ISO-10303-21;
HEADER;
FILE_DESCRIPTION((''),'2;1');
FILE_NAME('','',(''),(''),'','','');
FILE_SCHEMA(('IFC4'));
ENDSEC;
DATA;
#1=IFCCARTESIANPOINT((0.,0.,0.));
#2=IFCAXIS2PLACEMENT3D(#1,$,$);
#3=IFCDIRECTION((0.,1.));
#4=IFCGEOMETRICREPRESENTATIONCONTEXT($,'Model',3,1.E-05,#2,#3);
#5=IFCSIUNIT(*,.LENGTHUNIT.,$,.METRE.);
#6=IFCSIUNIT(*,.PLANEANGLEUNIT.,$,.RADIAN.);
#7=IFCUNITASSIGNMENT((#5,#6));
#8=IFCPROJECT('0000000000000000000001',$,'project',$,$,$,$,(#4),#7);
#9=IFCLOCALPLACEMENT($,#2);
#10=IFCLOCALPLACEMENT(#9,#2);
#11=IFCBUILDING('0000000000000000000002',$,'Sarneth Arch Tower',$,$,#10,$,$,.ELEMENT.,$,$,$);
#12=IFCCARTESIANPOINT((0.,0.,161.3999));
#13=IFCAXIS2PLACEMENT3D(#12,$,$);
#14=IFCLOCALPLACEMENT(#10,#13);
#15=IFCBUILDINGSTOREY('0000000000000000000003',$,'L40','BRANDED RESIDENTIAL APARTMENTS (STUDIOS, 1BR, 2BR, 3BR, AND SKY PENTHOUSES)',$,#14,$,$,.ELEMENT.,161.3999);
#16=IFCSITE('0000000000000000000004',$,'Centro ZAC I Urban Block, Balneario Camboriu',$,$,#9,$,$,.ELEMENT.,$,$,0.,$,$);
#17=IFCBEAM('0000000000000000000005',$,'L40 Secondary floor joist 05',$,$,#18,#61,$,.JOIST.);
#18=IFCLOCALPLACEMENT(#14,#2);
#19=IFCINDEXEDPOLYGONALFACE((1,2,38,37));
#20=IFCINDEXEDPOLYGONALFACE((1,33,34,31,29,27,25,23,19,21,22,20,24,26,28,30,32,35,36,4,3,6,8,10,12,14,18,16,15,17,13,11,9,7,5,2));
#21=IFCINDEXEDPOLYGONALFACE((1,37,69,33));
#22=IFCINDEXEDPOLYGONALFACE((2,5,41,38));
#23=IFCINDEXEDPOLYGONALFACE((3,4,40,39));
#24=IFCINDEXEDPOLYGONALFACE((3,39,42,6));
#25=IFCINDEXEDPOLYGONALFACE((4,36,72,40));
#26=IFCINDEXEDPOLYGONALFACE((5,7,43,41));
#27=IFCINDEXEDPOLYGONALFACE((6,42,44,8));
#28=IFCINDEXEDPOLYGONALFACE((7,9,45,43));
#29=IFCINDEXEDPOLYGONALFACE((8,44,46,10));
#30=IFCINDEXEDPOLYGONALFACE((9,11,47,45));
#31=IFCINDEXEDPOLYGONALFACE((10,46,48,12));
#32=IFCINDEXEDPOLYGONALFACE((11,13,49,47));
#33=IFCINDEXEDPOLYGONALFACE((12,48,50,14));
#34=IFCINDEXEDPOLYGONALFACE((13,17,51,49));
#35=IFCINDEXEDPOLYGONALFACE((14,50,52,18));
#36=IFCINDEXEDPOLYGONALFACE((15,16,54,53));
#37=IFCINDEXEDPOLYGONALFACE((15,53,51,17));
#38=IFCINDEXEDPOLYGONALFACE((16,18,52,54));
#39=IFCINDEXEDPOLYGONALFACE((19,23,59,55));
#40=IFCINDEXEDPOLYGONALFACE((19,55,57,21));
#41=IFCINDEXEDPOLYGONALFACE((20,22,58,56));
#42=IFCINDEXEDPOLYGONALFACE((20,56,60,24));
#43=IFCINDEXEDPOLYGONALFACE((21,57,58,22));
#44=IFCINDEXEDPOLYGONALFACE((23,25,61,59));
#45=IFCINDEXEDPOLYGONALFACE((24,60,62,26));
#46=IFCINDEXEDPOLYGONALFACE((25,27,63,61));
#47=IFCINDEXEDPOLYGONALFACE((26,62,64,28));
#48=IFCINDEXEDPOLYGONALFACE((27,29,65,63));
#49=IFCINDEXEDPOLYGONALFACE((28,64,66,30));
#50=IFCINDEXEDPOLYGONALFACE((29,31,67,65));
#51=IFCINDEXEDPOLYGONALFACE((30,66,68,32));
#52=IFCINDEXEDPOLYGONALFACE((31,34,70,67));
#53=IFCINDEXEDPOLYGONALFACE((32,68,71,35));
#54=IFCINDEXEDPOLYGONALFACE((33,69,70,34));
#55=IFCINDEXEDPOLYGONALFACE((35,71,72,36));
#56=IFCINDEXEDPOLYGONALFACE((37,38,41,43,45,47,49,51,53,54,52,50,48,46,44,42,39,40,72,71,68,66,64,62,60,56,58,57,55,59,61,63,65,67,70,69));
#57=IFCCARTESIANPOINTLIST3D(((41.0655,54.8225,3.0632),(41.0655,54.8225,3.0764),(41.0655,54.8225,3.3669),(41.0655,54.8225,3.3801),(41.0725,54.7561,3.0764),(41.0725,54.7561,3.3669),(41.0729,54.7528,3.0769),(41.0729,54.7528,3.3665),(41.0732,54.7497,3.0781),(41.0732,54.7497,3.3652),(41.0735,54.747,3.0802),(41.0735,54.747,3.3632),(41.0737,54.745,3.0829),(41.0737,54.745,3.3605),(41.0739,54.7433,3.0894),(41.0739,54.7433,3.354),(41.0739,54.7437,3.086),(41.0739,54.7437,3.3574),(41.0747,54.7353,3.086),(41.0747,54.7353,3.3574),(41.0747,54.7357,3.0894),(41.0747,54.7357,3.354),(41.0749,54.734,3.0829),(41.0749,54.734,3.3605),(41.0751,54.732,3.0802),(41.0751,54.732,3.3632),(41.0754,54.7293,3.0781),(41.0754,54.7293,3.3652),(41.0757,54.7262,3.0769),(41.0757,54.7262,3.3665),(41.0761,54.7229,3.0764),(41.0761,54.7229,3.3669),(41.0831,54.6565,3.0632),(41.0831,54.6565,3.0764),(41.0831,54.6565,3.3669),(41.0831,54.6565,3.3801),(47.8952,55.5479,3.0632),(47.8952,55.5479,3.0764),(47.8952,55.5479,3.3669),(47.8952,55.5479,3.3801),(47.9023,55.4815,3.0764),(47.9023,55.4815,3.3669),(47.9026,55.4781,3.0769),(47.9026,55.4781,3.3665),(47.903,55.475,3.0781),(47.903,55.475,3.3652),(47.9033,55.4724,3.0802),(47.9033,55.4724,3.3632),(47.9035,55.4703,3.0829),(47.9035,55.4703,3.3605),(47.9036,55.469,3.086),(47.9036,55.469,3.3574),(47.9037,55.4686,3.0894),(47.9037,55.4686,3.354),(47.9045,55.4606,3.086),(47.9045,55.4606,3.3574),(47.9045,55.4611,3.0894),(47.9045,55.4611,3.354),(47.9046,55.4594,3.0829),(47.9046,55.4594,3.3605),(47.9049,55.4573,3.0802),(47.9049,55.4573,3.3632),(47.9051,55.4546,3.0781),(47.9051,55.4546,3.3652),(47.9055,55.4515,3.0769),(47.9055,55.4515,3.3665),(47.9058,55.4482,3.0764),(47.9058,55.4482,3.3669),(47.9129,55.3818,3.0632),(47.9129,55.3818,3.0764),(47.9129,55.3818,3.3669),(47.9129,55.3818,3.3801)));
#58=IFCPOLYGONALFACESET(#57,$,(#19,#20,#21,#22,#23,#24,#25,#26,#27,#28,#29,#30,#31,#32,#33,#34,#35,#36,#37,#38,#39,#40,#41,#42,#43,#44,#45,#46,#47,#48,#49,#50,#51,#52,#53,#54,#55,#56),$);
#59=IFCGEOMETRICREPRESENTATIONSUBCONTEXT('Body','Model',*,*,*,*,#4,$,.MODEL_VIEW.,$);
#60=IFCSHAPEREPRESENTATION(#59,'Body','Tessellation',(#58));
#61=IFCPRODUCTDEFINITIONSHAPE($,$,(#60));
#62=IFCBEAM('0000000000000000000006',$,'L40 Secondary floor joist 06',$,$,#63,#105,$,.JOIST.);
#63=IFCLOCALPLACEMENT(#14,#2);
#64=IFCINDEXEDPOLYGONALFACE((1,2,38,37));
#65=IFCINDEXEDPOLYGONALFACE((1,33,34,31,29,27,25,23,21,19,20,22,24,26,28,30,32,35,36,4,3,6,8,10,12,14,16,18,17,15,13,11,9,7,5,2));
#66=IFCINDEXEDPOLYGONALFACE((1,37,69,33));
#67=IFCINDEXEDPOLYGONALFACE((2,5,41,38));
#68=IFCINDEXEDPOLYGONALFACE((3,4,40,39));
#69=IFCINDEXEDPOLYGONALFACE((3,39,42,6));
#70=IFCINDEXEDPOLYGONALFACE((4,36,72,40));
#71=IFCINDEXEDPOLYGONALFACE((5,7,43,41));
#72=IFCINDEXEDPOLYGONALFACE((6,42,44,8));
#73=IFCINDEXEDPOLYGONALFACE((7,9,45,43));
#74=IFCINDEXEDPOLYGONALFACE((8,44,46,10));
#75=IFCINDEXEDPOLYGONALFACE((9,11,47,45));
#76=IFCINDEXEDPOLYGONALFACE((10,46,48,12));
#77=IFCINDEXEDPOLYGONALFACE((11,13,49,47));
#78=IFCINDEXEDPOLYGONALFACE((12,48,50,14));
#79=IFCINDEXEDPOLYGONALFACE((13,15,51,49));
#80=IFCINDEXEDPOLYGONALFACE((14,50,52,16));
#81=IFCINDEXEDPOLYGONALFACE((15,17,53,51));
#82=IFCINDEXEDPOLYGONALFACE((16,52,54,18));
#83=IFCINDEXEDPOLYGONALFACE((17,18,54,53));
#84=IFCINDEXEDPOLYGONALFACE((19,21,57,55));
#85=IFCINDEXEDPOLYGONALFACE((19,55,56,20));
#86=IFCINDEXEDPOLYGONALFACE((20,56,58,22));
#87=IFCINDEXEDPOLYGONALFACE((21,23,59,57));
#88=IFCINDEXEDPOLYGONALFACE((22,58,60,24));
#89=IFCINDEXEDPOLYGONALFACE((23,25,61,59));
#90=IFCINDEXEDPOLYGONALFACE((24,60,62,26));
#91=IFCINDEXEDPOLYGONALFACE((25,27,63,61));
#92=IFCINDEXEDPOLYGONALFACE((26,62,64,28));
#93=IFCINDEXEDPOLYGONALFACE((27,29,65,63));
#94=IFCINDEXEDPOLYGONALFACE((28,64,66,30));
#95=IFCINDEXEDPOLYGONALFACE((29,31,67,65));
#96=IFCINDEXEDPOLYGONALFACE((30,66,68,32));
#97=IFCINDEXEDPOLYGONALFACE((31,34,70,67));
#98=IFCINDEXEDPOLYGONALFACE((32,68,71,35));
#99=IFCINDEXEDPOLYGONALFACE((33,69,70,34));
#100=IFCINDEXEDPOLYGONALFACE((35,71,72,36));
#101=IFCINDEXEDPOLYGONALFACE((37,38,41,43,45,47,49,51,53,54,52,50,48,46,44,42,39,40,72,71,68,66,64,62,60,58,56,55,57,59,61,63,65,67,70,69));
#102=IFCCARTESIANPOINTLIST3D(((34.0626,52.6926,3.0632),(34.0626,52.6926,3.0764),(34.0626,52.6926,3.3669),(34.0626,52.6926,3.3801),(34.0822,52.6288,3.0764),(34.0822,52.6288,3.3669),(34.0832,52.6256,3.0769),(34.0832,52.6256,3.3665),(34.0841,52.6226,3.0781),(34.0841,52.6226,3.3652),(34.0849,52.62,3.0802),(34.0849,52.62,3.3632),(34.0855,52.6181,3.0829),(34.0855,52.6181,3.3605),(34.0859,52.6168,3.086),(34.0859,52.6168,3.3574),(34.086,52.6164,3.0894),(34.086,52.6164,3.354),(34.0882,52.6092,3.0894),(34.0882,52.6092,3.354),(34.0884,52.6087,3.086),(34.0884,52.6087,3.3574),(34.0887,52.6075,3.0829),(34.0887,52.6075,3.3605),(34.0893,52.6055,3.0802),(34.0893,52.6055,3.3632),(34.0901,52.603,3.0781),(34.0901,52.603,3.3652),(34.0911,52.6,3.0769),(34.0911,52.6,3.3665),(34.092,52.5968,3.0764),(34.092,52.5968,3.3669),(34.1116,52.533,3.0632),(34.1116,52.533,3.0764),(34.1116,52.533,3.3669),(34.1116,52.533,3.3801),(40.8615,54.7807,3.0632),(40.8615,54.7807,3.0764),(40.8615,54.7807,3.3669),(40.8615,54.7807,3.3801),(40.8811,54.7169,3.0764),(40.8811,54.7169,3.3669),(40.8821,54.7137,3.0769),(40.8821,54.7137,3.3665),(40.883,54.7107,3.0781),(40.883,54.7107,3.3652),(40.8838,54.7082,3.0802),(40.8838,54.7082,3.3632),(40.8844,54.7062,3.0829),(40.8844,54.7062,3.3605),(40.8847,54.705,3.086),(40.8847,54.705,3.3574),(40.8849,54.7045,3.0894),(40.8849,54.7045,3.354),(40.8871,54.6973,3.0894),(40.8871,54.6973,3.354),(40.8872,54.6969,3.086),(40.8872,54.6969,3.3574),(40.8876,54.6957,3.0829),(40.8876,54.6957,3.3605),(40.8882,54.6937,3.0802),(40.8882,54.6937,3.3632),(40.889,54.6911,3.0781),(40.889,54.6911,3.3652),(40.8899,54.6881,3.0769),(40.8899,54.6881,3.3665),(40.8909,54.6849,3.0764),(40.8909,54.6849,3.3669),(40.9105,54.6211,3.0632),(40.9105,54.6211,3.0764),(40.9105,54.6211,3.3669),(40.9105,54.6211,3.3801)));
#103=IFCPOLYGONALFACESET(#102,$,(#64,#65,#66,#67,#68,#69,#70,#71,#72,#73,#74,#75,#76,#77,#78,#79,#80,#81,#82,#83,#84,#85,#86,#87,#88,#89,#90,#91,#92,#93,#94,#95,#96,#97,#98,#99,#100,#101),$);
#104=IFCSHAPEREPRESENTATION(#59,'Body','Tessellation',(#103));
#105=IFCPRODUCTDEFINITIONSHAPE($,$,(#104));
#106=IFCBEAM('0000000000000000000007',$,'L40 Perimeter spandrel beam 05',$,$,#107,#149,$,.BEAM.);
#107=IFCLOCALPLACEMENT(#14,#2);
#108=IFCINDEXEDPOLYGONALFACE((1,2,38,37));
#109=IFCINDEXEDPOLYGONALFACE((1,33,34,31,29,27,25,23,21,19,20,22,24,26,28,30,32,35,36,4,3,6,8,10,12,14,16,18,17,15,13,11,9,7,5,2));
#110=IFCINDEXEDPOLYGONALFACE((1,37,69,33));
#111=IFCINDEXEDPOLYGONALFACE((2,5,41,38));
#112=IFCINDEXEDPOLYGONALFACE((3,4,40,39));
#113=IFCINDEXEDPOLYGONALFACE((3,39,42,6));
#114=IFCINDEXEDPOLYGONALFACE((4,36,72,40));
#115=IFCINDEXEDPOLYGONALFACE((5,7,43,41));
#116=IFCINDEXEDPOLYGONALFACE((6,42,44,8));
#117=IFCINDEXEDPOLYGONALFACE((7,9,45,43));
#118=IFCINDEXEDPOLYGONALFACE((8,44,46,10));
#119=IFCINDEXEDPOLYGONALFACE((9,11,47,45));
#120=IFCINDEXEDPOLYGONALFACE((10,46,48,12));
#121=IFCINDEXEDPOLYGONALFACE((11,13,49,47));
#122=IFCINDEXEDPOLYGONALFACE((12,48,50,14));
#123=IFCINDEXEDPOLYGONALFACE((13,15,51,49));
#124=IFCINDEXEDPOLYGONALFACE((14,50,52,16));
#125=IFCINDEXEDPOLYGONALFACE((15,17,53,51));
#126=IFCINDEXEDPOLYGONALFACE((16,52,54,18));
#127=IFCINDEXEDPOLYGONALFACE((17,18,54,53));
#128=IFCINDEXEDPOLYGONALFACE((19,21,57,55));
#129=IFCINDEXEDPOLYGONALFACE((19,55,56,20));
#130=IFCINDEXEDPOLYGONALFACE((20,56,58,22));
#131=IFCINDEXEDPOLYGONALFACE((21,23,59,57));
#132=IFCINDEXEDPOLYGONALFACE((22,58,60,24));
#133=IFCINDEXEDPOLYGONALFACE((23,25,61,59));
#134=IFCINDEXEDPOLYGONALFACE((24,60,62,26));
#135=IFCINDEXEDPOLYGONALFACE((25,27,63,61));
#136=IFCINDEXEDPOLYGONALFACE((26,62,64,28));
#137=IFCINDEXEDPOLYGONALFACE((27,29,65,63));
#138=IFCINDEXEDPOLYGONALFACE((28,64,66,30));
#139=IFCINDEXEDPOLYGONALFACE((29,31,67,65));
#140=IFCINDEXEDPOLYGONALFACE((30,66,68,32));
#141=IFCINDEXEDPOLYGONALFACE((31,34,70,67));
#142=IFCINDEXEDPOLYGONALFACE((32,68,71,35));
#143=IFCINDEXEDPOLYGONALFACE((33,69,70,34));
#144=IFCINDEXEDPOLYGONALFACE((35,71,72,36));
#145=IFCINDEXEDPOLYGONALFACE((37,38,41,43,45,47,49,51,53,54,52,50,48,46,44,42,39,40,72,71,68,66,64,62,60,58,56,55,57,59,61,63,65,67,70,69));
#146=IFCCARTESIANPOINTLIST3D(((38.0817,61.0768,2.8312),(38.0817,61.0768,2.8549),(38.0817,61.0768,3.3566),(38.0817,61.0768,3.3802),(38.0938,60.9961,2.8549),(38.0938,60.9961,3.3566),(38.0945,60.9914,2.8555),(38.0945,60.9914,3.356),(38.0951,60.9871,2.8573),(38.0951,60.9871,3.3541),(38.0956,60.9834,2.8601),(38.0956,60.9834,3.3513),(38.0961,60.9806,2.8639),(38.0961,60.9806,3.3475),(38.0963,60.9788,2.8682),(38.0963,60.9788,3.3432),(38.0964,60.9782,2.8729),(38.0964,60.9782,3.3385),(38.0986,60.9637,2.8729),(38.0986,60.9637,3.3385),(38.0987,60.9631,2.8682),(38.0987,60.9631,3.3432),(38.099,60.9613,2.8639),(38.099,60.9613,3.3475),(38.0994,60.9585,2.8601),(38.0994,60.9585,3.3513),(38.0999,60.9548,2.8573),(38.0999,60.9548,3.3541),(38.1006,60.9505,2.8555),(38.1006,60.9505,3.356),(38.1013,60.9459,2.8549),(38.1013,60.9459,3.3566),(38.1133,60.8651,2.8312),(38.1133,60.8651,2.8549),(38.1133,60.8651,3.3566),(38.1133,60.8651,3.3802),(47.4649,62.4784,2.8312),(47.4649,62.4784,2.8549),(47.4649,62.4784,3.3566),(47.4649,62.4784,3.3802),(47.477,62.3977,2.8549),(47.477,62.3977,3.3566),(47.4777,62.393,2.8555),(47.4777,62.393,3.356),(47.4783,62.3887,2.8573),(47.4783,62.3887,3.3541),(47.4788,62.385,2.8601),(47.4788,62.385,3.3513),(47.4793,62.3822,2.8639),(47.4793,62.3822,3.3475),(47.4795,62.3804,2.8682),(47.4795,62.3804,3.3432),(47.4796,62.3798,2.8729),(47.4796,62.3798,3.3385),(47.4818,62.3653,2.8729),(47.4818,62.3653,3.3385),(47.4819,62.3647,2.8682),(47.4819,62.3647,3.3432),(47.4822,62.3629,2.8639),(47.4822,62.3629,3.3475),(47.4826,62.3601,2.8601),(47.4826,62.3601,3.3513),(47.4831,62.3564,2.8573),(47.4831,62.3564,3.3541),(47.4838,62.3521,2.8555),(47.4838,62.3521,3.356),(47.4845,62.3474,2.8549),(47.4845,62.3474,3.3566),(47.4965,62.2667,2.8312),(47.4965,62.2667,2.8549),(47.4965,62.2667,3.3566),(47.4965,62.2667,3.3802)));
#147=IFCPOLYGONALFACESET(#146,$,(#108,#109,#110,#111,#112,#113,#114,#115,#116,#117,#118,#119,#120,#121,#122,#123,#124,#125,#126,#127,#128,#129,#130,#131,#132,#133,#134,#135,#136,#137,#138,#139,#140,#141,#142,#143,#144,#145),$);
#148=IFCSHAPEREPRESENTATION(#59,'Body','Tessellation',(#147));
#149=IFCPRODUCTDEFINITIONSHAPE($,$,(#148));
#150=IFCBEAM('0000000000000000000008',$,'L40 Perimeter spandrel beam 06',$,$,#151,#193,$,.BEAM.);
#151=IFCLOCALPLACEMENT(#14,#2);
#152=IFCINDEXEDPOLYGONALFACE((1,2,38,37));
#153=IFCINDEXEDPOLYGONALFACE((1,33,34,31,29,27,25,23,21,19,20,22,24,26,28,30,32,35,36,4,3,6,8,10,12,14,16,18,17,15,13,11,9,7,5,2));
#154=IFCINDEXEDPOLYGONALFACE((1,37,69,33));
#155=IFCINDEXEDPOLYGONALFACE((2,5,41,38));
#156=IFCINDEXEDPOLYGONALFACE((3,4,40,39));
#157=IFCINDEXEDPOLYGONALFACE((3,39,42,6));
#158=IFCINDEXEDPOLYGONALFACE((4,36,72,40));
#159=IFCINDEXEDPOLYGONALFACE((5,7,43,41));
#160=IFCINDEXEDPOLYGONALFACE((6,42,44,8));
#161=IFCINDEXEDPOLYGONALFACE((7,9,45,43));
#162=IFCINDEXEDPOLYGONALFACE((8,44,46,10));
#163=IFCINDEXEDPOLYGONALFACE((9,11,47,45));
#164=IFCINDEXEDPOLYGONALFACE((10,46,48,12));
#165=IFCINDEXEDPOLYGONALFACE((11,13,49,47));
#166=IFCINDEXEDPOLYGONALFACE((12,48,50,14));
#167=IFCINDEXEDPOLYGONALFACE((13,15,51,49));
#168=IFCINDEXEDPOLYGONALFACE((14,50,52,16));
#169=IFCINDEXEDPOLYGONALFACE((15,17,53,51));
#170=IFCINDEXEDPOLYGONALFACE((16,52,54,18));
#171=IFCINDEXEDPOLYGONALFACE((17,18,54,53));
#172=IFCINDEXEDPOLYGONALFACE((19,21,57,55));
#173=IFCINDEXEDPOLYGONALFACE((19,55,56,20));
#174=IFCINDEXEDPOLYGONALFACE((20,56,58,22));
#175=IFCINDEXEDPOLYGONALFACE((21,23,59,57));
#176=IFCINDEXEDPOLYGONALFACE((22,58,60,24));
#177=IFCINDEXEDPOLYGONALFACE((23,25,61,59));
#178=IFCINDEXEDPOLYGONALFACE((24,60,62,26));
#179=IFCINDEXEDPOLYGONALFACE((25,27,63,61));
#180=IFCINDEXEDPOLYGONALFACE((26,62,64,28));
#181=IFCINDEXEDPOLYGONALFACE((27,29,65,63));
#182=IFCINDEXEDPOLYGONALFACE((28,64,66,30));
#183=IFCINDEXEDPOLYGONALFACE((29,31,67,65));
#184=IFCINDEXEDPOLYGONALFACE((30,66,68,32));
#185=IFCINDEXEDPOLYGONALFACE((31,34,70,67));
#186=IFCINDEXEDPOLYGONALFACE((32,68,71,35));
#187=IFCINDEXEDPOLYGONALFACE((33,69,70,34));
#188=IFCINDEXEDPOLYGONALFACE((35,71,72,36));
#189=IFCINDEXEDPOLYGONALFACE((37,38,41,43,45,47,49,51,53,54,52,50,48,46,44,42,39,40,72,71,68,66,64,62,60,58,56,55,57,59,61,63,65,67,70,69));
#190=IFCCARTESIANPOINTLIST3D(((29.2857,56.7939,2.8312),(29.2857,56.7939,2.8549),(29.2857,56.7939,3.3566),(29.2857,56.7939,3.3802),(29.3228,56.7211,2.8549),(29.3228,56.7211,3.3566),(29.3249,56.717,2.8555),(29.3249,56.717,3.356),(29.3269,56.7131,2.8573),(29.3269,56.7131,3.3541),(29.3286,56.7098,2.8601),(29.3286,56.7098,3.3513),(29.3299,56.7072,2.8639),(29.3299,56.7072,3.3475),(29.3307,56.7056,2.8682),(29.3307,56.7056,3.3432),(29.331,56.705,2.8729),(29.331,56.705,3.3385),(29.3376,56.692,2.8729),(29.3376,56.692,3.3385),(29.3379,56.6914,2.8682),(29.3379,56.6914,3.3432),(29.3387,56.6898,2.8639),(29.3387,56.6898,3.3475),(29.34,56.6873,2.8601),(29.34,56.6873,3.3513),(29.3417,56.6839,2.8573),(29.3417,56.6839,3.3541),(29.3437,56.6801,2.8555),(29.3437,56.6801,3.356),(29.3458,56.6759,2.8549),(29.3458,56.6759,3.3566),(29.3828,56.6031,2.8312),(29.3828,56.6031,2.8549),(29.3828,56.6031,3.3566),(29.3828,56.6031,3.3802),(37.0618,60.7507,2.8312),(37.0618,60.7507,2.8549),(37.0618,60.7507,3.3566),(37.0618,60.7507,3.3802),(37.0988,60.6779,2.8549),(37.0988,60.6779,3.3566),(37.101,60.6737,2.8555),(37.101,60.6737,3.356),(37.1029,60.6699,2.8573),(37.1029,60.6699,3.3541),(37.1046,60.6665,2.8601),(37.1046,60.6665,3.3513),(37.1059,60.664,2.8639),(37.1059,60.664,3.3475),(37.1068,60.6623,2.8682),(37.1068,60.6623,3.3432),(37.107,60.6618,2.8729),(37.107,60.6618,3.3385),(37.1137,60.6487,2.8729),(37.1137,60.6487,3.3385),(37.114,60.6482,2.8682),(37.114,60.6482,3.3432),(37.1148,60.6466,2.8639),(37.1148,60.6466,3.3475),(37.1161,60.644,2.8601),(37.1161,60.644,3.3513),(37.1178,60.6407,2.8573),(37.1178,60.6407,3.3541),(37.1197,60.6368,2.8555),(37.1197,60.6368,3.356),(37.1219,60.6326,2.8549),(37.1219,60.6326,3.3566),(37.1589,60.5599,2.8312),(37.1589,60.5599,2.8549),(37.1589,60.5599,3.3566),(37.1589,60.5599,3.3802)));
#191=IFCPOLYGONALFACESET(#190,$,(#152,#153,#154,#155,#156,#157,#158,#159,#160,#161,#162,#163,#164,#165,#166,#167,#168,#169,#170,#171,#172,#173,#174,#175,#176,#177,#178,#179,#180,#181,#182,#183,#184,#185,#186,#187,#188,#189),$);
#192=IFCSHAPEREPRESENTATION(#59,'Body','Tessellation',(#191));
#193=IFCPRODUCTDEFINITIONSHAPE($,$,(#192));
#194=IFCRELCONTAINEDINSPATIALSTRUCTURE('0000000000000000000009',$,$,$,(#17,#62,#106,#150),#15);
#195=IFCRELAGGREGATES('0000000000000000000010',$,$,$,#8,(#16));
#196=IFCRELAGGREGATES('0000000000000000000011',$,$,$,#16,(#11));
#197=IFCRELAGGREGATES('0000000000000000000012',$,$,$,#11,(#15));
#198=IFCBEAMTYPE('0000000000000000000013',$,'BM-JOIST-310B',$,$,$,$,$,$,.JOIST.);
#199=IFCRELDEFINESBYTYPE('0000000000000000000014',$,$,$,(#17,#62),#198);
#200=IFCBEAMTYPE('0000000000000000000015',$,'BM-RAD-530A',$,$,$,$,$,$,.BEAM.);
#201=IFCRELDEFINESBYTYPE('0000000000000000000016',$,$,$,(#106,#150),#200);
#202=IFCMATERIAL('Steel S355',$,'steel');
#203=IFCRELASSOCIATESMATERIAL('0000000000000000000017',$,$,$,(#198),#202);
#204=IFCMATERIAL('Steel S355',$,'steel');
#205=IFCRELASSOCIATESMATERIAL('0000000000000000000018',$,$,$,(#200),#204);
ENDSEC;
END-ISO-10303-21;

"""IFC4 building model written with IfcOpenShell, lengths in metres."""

from ifc_helpers import new_model, si_unit, direction, frame, origin, origin_2d, place, context, subcontext, project, spatial, i_section, extrude, material, material_profile, profile_set, type_object, element, save


model = new_model("IFC4")

# Units and contexts
model_context = context("Model", 3, precision=1e-05, world=origin(), true_north=direction((0.0, 1.0)))
body_context = subcontext(model_context, "Body", "Model", "MODEL_VIEW")
ifc_project = project(units=[si_unit("LENGTHUNIT", "METRE"), si_unit("PLANEANGLEUNIT", "RADIAN")], contexts=[model_context])

# Site, building, storey
site_placement = place(None, origin())
site = spatial("IfcSite", under=ifc_project, at=site_placement, Name="Centro ZAC I Urban Block, Balneario Camboriu", CompositionType="ELEMENT", RefElevation=0.0)
building_placement = place(site_placement, origin())
building = spatial("IfcBuilding", under=site, at=building_placement, Name="Sarneth Arch Tower", CompositionType="ELEMENT")
storey_placement = place(building_placement, frame((0.0, 0.0, 161.3999)))
storey = spatial("IfcBuildingStorey", under=building, at=storey_placement, Name="L40", Description="BRANDED RESIDENTIAL APARTMENTS (STUDIOS, 1BR, 2BR, 3BR, AND SKY PENTHOUSES)", CompositionType="ELEMENT", Elevation=161.3999)

# Beams
ifc_material_1 = material(Name="Steel S355", Category="steel")
ifc_material_profile_1 = material_profile(ifc_material_1, i_section(OverallWidth=0.167, OverallDepth=0.3169, WebThickness=0.0076, FlangeThickness=0.0132, FilletRadius=0.0129, at=origin_2d()), Name="W310x52")
ifc_profile_set_1 = profile_set([ifc_material_profile_1], Name="Steel S355")
beam_type_1 = type_object("IfcBeamType", Name="BM-JOIST-310B", PredefinedType="JOIST", material=ifc_profile_set_1)
beam_1_placement = place(storey_placement, frame((47.9041, 55.4648, 3.2217), z_axis=(-0.994408, -0.105608, 0.0), x_axis=(0.105608, -0.994408, 0.0)))
element("IfcBeam", 1, at=beam_1_placement, inside=storey, type_object=beam_type_1, Name="L40 Secondary floor joist 05", PredefinedType="JOIST", context=body_context, shape_type="SweptSolid", body=[
    extrude(i_section(OverallWidth=0.167, OverallDepth=0.3169, WebThickness=0.0076, FlangeThickness=0.0132, FilletRadius=0.0129, at=origin_2d()), origin(), (0.0, 0.0, 1.0), 6.8682),
])
beam_2_placement = place(storey_placement, frame((40.886, 54.7009, 3.2217), z_axis=(-0.95593, -0.293596, 0.0), x_axis=(0.293596, -0.95593, 0.0)))
element("IfcBeam", 2, at=beam_2_placement, inside=storey, type_object=beam_type_1, Name="L40 Secondary floor joist 06", PredefinedType="JOIST", context=body_context, shape_type="SweptSolid", body=[
    extrude(i_section(OverallWidth=0.167, OverallDepth=0.3169, WebThickness=0.0076, FlangeThickness=0.0132, FilletRadius=0.0129, at=origin_2d()), origin(), (0.0, 0.0, 1.0), 7.1123),
])
ifc_material_2 = material(Name="Steel S355", Category="steel")
ifc_material_profile_2 = material_profile(ifc_material_2, i_section(OverallWidth=0.2141, OverallDepth=0.5491, WebThickness=0.0146, FlangeThickness=0.0237, FilletRadius=0.0181, at=origin_2d()), Name="W530x138")
ifc_profile_set_2 = profile_set([ifc_material_profile_2], Name="Steel S355")
beam_type_2 = type_object("IfcBeamType", Name="BM-RAD-530A", PredefinedType="BEAM", material=ifc_profile_set_2)
beam_3_placement = place(storey_placement, frame((47.4807, 62.3726, 3.1057), z_axis=(-0.989027, -0.147734, 0.0), x_axis=(0.147734, -0.989027, 0.0)))
element("IfcBeam", 3, at=beam_3_placement, inside=storey, type_object=beam_type_2, Name="L40 Perimeter spandrel beam 05", PredefinedType="BEAM", context=body_context, shape_type="SweptSolid", body=[
    extrude(i_section(OverallWidth=0.2141, OverallDepth=0.5491, WebThickness=0.0146, FlangeThickness=0.0237, FilletRadius=0.0181, at=origin_2d()), origin(), (0.0, 0.0, 1.0), 9.4873),
])
beam_4_placement = place(storey_placement, frame((37.1104, 60.6553, 3.1057), z_axis=(-0.891254, -0.453504, 0.0), x_axis=(0.453504, -0.891254, 0.0)))
element("IfcBeam", 4, at=beam_4_placement, inside=storey, type_object=beam_type_2, Name="L40 Perimeter spandrel beam 06", PredefinedType="BEAM", context=body_context, shape_type="SweptSolid", body=[
    extrude(i_section(OverallWidth=0.2141, OverallDepth=0.5491, WebThickness=0.0146, FlangeThickness=0.0237, FilletRadius=0.0181, at=origin_2d()), origin(), (0.0, 0.0, 1.0), 8.7249),
])

save(model, "model.ifc")
